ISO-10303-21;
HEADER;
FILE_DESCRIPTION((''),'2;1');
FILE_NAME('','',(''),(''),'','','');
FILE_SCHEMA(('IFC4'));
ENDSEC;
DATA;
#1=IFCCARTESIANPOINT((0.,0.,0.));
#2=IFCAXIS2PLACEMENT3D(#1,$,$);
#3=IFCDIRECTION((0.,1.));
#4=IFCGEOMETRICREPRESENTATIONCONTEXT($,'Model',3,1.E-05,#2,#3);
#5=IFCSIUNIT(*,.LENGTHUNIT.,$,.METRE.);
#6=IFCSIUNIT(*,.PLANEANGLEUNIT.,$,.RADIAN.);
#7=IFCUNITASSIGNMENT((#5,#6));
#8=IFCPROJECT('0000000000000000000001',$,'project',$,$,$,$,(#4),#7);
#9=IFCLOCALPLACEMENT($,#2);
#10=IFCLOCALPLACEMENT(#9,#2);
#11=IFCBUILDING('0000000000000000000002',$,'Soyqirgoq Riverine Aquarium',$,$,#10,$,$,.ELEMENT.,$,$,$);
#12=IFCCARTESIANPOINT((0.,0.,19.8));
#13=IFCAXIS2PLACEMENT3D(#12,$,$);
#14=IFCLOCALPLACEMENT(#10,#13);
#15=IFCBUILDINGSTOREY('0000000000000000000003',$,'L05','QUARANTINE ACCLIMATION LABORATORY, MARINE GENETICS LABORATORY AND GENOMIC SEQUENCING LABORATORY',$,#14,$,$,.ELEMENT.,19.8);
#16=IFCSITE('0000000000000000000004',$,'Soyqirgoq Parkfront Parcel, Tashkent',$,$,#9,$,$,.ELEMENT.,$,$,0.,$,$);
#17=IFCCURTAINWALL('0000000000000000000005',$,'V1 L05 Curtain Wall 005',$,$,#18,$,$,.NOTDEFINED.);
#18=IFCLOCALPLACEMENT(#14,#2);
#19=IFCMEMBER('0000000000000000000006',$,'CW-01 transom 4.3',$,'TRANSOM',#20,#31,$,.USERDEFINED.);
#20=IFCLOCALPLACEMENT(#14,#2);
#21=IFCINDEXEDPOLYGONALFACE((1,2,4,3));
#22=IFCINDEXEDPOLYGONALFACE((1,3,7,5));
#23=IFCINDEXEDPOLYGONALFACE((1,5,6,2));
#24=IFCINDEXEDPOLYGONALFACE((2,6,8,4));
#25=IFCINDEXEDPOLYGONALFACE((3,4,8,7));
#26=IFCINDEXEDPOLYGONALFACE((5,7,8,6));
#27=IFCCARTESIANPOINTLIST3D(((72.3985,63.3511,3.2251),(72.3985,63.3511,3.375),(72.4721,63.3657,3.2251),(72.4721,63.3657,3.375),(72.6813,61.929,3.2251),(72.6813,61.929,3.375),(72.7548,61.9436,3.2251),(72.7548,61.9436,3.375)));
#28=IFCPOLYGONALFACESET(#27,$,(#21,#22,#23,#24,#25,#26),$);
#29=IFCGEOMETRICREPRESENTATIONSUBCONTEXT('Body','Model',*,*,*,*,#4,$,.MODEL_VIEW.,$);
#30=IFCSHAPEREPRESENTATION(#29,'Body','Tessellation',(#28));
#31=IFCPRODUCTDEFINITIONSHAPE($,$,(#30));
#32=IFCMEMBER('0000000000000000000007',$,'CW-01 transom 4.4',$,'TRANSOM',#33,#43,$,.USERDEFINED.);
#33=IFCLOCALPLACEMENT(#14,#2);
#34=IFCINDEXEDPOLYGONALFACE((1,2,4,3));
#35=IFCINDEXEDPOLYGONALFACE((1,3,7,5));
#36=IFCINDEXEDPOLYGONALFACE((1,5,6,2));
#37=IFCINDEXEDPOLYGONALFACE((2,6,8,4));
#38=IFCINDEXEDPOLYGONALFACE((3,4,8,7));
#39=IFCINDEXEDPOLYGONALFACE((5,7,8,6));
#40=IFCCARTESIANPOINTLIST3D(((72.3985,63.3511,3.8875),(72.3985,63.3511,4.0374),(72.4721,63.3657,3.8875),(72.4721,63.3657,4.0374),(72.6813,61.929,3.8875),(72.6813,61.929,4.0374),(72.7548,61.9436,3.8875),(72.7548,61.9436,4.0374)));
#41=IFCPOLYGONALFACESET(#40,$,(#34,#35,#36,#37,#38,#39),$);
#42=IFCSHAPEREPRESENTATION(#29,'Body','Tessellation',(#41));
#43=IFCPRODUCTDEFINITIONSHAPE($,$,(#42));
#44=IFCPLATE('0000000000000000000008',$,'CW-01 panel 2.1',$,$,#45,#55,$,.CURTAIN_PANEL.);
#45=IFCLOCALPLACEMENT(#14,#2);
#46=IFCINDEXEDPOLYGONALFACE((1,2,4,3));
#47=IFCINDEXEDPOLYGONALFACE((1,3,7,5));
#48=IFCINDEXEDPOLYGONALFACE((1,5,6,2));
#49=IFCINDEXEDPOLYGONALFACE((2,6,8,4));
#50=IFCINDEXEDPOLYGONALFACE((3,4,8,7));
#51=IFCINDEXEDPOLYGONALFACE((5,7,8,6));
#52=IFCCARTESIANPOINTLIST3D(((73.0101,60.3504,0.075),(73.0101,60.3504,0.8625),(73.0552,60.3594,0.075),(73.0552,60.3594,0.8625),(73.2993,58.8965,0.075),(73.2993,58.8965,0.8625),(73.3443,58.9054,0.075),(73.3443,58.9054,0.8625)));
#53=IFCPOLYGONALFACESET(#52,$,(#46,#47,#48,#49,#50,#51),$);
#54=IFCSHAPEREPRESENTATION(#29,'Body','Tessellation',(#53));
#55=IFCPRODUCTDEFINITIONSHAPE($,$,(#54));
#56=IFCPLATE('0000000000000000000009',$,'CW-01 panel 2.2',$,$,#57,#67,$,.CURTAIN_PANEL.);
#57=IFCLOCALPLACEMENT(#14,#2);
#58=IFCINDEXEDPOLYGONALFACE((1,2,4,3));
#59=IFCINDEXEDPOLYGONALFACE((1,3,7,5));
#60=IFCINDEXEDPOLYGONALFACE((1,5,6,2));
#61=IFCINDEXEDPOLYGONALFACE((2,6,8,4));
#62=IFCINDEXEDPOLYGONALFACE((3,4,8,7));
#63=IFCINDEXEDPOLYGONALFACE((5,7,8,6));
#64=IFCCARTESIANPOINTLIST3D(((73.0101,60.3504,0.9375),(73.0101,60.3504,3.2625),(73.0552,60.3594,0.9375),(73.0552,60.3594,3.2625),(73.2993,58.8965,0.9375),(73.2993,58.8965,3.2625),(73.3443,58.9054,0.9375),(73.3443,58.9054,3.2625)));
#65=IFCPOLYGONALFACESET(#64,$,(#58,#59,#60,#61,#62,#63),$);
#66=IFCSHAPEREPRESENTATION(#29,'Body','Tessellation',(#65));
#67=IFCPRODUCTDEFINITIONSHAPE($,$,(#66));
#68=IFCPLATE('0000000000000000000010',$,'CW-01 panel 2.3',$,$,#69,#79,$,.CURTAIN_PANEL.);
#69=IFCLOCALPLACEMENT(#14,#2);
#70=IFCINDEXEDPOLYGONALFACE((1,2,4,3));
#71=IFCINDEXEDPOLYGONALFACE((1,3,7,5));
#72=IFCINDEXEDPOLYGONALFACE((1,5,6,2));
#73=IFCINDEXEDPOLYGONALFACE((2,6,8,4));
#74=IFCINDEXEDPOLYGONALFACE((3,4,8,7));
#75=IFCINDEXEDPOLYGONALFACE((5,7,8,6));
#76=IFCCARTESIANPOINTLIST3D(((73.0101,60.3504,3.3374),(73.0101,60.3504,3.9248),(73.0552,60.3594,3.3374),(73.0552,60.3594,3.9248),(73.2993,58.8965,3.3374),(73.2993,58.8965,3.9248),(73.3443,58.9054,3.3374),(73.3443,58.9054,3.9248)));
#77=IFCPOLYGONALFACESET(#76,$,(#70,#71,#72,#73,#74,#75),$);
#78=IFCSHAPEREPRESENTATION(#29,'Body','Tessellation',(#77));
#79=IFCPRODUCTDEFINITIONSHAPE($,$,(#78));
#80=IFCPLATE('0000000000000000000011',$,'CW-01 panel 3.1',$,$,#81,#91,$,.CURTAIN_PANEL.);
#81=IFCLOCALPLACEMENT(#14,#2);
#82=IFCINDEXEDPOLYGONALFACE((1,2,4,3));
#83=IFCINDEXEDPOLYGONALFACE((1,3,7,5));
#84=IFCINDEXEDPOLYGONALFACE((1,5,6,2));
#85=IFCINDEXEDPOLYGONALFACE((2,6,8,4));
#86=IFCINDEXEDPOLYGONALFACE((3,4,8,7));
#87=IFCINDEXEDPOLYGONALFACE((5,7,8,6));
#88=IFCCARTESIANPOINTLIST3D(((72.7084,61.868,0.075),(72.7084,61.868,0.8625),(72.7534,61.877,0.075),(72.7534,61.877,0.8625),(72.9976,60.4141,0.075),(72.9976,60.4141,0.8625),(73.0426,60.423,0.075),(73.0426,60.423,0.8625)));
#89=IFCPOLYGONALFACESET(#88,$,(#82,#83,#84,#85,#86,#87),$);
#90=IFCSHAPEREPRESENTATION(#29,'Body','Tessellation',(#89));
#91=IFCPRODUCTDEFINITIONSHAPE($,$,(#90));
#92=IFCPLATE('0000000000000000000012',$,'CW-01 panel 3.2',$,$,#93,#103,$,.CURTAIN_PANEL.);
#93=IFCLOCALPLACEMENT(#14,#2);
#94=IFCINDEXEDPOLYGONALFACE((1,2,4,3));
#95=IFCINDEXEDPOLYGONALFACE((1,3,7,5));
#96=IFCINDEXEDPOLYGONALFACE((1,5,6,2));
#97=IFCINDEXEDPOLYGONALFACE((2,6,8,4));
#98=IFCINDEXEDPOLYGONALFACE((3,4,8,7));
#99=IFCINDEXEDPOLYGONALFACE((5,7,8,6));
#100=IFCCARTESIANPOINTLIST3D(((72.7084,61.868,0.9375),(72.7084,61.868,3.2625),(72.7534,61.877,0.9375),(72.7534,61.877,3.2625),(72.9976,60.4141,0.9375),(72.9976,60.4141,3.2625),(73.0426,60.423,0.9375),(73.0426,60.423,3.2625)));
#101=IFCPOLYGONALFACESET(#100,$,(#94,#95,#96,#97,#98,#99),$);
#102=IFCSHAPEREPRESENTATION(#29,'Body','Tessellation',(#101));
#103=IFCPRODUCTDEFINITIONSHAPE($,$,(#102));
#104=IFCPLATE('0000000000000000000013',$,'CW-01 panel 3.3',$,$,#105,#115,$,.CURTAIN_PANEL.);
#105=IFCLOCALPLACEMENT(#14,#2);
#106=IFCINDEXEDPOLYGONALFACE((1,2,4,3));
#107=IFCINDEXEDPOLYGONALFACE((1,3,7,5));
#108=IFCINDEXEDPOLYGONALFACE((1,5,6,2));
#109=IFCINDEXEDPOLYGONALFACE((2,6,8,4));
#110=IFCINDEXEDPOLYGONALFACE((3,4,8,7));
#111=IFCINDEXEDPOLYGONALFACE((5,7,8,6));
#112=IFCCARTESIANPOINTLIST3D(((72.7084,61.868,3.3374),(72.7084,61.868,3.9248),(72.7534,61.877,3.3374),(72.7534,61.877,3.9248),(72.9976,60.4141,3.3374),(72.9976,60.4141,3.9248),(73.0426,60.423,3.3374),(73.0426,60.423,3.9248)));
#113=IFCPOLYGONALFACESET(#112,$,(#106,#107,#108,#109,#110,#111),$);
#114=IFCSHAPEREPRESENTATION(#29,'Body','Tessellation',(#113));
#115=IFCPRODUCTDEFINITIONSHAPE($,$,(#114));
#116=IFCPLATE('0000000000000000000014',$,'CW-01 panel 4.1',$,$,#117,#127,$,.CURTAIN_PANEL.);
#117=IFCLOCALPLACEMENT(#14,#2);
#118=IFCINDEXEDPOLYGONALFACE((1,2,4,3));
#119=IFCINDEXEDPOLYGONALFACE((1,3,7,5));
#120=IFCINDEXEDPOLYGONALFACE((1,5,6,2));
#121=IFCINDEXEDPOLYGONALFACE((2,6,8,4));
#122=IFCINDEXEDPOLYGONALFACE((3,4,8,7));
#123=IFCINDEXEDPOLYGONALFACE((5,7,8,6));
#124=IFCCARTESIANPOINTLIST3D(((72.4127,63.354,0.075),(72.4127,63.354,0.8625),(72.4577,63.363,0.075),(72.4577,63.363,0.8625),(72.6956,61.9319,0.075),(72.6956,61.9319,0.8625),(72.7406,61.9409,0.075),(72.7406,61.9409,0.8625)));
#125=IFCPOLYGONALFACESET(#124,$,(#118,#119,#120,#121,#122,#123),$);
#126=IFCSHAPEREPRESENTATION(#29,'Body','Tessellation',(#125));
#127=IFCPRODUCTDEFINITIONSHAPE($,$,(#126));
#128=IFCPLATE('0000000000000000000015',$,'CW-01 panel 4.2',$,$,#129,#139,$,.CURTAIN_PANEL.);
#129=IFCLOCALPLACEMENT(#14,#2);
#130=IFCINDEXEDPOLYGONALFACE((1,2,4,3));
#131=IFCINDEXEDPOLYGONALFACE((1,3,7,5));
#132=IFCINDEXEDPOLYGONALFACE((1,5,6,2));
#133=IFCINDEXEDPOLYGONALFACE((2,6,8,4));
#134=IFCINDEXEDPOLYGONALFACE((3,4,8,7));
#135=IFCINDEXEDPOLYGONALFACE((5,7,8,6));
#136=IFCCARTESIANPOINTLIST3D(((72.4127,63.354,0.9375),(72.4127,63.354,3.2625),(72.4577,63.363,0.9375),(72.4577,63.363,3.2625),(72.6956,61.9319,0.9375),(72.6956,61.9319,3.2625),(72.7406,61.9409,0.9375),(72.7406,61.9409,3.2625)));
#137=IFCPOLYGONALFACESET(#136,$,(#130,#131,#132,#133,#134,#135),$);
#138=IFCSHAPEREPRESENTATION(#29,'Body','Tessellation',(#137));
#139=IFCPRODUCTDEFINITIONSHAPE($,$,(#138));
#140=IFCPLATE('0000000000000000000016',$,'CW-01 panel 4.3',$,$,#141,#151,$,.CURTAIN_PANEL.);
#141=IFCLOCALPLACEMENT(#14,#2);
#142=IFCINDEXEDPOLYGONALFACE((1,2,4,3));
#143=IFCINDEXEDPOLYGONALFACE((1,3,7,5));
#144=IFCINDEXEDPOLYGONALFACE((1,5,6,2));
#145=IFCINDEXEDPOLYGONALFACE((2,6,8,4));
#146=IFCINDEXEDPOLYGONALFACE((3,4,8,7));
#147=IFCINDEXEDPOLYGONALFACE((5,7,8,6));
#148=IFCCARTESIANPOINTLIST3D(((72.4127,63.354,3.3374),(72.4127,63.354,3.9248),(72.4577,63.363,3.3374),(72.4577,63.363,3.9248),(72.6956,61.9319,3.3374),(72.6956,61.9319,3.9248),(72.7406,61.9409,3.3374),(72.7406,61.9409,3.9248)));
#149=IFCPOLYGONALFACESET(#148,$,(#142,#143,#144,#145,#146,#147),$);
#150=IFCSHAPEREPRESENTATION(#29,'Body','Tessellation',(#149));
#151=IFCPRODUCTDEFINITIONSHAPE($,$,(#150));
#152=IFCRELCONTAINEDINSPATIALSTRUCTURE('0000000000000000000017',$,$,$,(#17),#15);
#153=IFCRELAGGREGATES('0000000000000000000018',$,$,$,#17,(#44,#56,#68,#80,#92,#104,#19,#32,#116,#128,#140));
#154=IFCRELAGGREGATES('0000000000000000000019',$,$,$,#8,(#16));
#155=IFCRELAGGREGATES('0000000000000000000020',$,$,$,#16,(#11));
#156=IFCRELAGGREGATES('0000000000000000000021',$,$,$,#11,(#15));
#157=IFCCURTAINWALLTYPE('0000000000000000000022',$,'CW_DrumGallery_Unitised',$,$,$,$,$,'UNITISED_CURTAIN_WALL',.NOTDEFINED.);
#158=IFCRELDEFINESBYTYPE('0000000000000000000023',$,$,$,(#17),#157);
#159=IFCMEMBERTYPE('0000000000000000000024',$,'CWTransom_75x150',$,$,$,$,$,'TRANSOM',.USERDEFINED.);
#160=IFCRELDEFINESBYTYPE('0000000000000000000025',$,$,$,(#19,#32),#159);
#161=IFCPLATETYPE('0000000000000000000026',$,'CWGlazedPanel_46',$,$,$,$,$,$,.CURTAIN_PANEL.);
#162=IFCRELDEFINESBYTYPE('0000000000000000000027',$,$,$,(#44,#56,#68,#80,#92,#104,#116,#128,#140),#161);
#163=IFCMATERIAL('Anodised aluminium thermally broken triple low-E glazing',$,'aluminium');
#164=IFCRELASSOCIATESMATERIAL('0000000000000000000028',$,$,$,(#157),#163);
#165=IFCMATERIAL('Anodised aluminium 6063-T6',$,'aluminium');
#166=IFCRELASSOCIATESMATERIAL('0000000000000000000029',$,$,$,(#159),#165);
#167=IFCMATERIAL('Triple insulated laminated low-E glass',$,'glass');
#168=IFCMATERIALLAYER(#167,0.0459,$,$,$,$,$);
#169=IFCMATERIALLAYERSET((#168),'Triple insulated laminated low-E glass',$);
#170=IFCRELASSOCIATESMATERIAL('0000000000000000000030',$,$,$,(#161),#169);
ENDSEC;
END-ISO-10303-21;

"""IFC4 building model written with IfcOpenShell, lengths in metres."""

from ifc_helpers import new_model, si_unit, direction, frame, origin, origin_2d, place, context, subcontext, project, spatial, rectangle, extrude, material, layer, layer_set, material_profile, profile_set, type_object, element, aggregate, save


model = new_model("IFC4")

# Units and contexts
model_context = context("Model", 3, precision=1e-05, world=origin(), true_north=direction((0.0, 1.0)))
body_context = subcontext(model_context, "Body", "Model", "MODEL_VIEW")
ifc_project = project(units=[si_unit("LENGTHUNIT", "METRE"), si_unit("PLANEANGLEUNIT", "RADIAN")], contexts=[model_context])

# Site, building, storey
site_placement = place(None, origin())
site = spatial("IfcSite", under=ifc_project, at=site_placement, Name="Soyqirgoq Parkfront Parcel, Tashkent", CompositionType="ELEMENT", RefElevation=0.0)
building_placement = place(site_placement, origin())
building = spatial("IfcBuilding", under=site, at=building_placement, Name="Soyqirgoq Riverine Aquarium", CompositionType="ELEMENT")
storey_placement = place(building_placement, frame((0.0, 0.0, 19.8)))
storey = spatial("IfcBuildingStorey", under=building, at=storey_placement, Name="L05", Description="QUARANTINE ACCLIMATION LABORATORY, MARINE GENETICS LABORATORY AND GENOMIC SEQUENCING LABORATORY", CompositionType="ELEMENT", Elevation=19.8)

# Curtain wall, members, plates
ifc_material_1 = material(Name="Anodised aluminium thermally broken triple low-E glazing", Category="aluminium")
curtain_wall_type = type_object("IfcCurtainWallType", Name="CW_DrumGallery_Unitised", ElementType="UNITISED_CURTAIN_WALL", PredefinedType="NOTDEFINED", material=ifc_material_1)
curtain_wall_placement = place(storey_placement, origin())
curtain_wall = element("IfcCurtainWall", 1, at=curtain_wall_placement, inside=storey, type_object=curtain_wall_type, Name="V1 L05 Curtain Wall 005", PredefinedType="NOTDEFINED")
ifc_material_2 = material(Name="Anodised aluminium 6063-T6", Category="aluminium")
ifc_material_profile_1 = material_profile(ifc_material_2, rectangle(XDim=0.075, YDim=0.1499, at=origin_2d()), Name="ALU-T 75x150")
ifc_profile_set_1 = profile_set([ifc_material_profile_1], Name="Anodised aluminium 6063-T6")
member_type_1 = type_object("IfcMemberType", Name="CWTransom_75x150", ElementType="TRANSOM", PredefinedType="USERDEFINED", material=ifc_profile_set_1)
member_1_placement = place(storey_placement, frame((72.718, 61.9363, 3.3), z_axis=(-0.194983, 0.980807, 0.0), x_axis=(-0.980807, -0.194983, 0.0)))
member_1 = element("IfcMember", 2, at=member_1_placement, type_object=member_type_1, Name="CW-01 transom 4.3", ObjectType="TRANSOM", PredefinedType="USERDEFINED", context=body_context, shape_type="SweptSolid", body=[
    extrude(rectangle(XDim=0.075, YDim=0.1499, at=origin_2d()), origin(), (0.0, 0.0, 1.0), 1.45),
])
member_2_placement = place(storey_placement, frame((72.718, 61.9363, 3.9624), z_axis=(-0.194983, 0.980807, 0.0), x_axis=(-0.980807, -0.194983, 0.0)))
member_2 = element("IfcMember", 3, at=member_2_placement, type_object=member_type_1, Name="CW-01 transom 4.4", ObjectType="TRANSOM", PredefinedType="USERDEFINED", context=body_context, shape_type="SweptSolid", body=[
    extrude(rectangle(XDim=0.075, YDim=0.1499, at=origin_2d()), origin(), (0.0, 0.0, 1.0), 1.45),
])
ifc_material_3 = material(Name="Triple insulated laminated low-E glass", Category="glass")
ifc_layer = layer(ifc_material_3, 0.0459)
ifc_layer_set = layer_set([ifc_layer], Name="Triple insulated laminated low-E glass")
plate_type = type_object("IfcPlateType", Name="CWGlazedPanel_46", PredefinedType="CURTAIN_PANEL", material=ifc_layer_set)
plate_1_placement = place(storey_placement, frame((73.1772, 59.6279, 0.075), z_axis=(0.0, 0.0, 1.0), x_axis=(-0.195078, 0.980788, 0.0)))
plate_1 = element("IfcPlate", 4, at=plate_1_placement, type_object=plate_type, Name="CW-01 panel 2.1", PredefinedType="CURTAIN_PANEL", context=body_context, shape_type="SweptSolid", body=[
    extrude(rectangle(XDim=1.4824, YDim=0.0459, at=origin_2d()), origin(), (0.0, 0.0, 1.0), 0.7876),
])
plate_2_placement = place(storey_placement, frame((73.1772, 59.6279, 0.9375), z_axis=(0.0, 0.0, 1.0), x_axis=(-0.195078, 0.980788, 0.0)))
plate_2 = element("IfcPlate", 5, at=plate_2_placement, type_object=plate_type, Name="CW-01 panel 2.2", PredefinedType="CURTAIN_PANEL", context=body_context, shape_type="SweptSolid", body=[
    extrude(rectangle(XDim=1.4824, YDim=0.0459, at=origin_2d()), origin(), (0.0, 0.0, 1.0), 2.325),
])
plate_3_placement = place(storey_placement, frame((73.1772, 59.6279, 3.3374), z_axis=(0.0, 0.0, 1.0), x_axis=(-0.195078, 0.980788, 0.0)))
plate_3 = element("IfcPlate", 6, at=plate_3_placement, type_object=plate_type, Name="CW-01 panel 2.3", PredefinedType="CURTAIN_PANEL", context=body_context, shape_type="SweptSolid", body=[
    extrude(rectangle(XDim=1.4824, YDim=0.0459, at=origin_2d()), origin(), (0.0, 0.0, 1.0), 0.5874),
])
plate_4_placement = place(storey_placement, frame((72.8755, 61.1455, 0.075), z_axis=(0.0, 0.0, 1.0), x_axis=(-0.195078, 0.980788, 0.0)))
plate_4 = element("IfcPlate", 7, at=plate_4_placement, type_object=plate_type, Name="CW-01 panel 3.1", PredefinedType="CURTAIN_PANEL", context=body_context, shape_type="SweptSolid", body=[
    extrude(rectangle(XDim=1.4824, YDim=0.0459, at=origin_2d()), origin(), (0.0, 0.0, 1.0), 0.7876),
])
plate_5_placement = place(storey_placement, frame((72.8755, 61.1455, 0.9375), z_axis=(0.0, 0.0, 1.0), x_axis=(-0.195078, 0.980788, 0.0)))
plate_5 = element("IfcPlate", 8, at=plate_5_placement, type_object=plate_type, Name="CW-01 panel 3.2", PredefinedType="CURTAIN_PANEL", context=body_context, shape_type="SweptSolid", body=[
    extrude(rectangle(XDim=1.4824, YDim=0.0459, at=origin_2d()), origin(), (0.0, 0.0, 1.0), 2.325),
])
plate_6_placement = place(storey_placement, frame((72.8755, 61.1455, 3.3374), z_axis=(0.0, 0.0, 1.0), x_axis=(-0.195078, 0.980788, 0.0)))
plate_6 = element("IfcPlate", 9, at=plate_6_placement, type_object=plate_type, Name="CW-01 panel 3.3", PredefinedType="CURTAIN_PANEL", context=body_context, shape_type="SweptSolid", body=[
    extrude(rectangle(XDim=1.4824, YDim=0.0459, at=origin_2d()), origin(), (0.0, 0.0, 1.0), 0.5874),
])
plate_7_placement = place(storey_placement, frame((72.5767, 62.6475, 0.075), z_axis=(0.0, 0.0, 1.0), x_axis=(-0.195078, 0.980788, 0.0)))
plate_7 = element("IfcPlate", 10, at=plate_7_placement, type_object=plate_type, Name="CW-01 panel 4.1", PredefinedType="CURTAIN_PANEL", context=body_context, shape_type="SweptSolid", body=[
    extrude(rectangle(XDim=1.45, YDim=0.0459, at=origin_2d()), origin(), (0.0, 0.0, 1.0), 0.7876),
])
plate_8_placement = place(storey_placement, frame((72.5767, 62.6475, 0.9375), z_axis=(0.0, 0.0, 1.0), x_axis=(-0.195078, 0.980788, 0.0)))
plate_8 = element("IfcPlate", 11, at=plate_8_placement, type_object=plate_type, Name="CW-01 panel 4.2", PredefinedType="CURTAIN_PANEL", context=body_context, shape_type="SweptSolid", body=[
    extrude(rectangle(XDim=1.45, YDim=0.0459, at=origin_2d()), origin(), (0.0, 0.0, 1.0), 2.325),
])
plate_9_placement = place(storey_placement, frame((72.5767, 62.6475, 3.3374), z_axis=(0.0, 0.0, 1.0), x_axis=(-0.195078, 0.980788, 0.0)))
plate_9 = element("IfcPlate", 12, at=plate_9_placement, type_object=plate_type, Name="CW-01 panel 4.3", PredefinedType="CURTAIN_PANEL", context=body_context, shape_type="SweptSolid", body=[
    extrude(rectangle(XDim=1.45, YDim=0.0459, at=origin_2d()), origin(), (0.0, 0.0, 1.0), 0.5874),
])
aggregate(curtain_wall, [plate_1, plate_2, plate_3, plate_4, plate_5, plate_6, member_1, member_2, plate_7, plate_8, plate_9])

save(model, "model.ifc")
